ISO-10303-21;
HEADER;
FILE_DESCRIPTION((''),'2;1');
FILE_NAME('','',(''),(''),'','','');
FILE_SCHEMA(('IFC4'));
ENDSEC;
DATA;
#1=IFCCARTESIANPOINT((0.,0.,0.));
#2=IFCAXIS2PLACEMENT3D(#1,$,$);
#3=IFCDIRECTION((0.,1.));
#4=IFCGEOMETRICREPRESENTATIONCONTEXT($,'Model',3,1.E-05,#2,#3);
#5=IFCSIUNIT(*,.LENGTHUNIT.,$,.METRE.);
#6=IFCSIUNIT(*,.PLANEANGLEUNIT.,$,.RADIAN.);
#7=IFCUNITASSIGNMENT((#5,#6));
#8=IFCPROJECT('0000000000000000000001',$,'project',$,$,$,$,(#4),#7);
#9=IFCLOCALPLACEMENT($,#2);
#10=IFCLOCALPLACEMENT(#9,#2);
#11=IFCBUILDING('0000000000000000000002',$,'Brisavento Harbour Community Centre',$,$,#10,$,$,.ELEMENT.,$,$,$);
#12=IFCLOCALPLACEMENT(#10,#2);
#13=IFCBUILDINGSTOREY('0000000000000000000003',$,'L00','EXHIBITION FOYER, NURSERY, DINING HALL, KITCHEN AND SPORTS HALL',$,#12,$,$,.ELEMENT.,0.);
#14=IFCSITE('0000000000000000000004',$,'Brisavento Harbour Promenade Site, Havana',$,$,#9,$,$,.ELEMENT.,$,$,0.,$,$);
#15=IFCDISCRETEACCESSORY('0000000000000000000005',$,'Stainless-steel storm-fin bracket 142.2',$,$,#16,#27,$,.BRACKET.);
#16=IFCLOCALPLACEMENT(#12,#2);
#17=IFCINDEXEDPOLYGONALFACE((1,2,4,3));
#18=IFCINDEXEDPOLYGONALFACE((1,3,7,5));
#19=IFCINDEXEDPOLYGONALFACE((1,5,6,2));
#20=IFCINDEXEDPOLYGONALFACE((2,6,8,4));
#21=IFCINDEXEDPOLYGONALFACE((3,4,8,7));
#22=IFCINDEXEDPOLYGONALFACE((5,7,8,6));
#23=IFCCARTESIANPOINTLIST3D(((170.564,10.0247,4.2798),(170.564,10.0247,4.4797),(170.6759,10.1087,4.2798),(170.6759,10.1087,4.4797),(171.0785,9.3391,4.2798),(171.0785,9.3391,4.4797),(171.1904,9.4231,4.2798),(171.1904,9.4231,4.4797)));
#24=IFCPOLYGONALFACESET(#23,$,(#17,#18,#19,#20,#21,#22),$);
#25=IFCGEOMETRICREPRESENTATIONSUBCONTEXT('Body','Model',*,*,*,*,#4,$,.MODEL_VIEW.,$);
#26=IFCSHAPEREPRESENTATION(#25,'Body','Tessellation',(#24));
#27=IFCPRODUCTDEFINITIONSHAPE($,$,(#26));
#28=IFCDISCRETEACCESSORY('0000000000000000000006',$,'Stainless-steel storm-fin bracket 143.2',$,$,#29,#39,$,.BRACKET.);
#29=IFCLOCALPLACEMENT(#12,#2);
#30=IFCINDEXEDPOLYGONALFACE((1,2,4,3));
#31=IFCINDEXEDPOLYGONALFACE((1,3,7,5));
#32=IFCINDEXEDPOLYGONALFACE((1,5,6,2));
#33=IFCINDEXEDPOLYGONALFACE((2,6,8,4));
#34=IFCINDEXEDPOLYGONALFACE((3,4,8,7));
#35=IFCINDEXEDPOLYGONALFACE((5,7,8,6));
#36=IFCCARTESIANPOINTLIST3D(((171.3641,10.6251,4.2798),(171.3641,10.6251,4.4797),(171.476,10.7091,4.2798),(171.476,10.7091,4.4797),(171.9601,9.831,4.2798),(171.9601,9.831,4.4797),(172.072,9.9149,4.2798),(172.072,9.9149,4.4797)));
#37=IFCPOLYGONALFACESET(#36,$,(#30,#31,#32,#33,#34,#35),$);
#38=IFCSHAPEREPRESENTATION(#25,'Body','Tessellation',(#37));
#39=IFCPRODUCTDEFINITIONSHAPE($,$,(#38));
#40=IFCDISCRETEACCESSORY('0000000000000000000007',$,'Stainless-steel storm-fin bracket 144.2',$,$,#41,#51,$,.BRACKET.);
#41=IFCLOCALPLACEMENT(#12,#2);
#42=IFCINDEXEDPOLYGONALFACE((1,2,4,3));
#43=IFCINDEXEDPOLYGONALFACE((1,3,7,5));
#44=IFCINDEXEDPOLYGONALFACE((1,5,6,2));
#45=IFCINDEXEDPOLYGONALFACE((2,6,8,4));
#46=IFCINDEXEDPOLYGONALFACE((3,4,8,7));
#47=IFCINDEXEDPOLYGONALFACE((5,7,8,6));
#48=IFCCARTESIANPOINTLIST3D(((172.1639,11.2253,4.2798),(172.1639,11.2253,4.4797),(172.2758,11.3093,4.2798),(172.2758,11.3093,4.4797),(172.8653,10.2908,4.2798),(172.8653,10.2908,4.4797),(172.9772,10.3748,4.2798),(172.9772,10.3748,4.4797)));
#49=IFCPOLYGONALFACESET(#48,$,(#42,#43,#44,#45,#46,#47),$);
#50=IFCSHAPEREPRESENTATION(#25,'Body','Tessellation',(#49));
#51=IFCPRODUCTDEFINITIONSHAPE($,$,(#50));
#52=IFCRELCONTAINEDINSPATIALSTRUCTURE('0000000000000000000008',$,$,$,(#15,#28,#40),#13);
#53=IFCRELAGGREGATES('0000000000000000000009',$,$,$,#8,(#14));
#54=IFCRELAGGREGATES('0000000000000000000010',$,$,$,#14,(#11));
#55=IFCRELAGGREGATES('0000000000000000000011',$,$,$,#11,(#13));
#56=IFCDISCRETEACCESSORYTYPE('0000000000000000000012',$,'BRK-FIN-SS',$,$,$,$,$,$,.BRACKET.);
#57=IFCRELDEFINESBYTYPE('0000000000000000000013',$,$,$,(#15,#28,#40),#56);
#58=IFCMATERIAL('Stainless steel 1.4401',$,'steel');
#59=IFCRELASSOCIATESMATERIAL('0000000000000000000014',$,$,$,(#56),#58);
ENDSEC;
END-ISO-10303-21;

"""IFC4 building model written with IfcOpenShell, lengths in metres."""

from ifc_helpers import new_model, si_unit, direction, frame, origin, origin_2d, place, context, subcontext, project, spatial, rectangle, extrude, material, type_object, element, save


model = new_model("IFC4")

# Units and contexts
model_context = context("Model", 3, precision=1e-05, world=origin(), true_north=direction((0.0, 1.0)))
body_context = subcontext(model_context, "Body", "Model", "MODEL_VIEW")
ifc_project = project(units=[si_unit("LENGTHUNIT", "METRE"), si_unit("PLANEANGLEUNIT", "RADIAN")], contexts=[model_context])

# Site, building, storey
site_placement = place(None, origin())
site = spatial("IfcSite", under=ifc_project, at=site_placement, Name="Brisavento Harbour Promenade Site, Havana", CompositionType="ELEMENT", RefElevation=0.0)
building_placement = place(site_placement, origin())
building = spatial("IfcBuilding", under=site, at=building_placement, Name="Brisavento Harbour Community Centre", CompositionType="ELEMENT")
storey_placement = place(building_placement, origin())
storey = spatial("IfcBuildingStorey", under=building, at=storey_placement, Name="L00", Description="EXHIBITION FOYER, NURSERY, DINING HALL, KITCHEN AND SPORTS HALL", CompositionType="ELEMENT", Elevation=0.0)

# Discrete accessories
ifc_material_1 = material(Name="Stainless steel 1.4401", Category="steel")
discrete_accessory_type = type_object("IfcDiscreteAccessoryType", Name="BRK-FIN-SS", PredefinedType="BRACKET", material=ifc_material_1)
discrete_accessory_1_placement = place(storey_placement, frame((170.8772, 9.7239, 4.2798), z_axis=(0.0, 0.0, 1.0), x_axis=(0.600253, -0.79981, 0.0)))
element("IfcDiscreteAccessory", 1, at=discrete_accessory_1_placement, inside=storey, type_object=discrete_accessory_type, Name="Stainless-steel storm-fin bracket 142.2", PredefinedType="BRACKET", context=body_context, shape_type="SweptSolid", body=[
    extrude(rectangle(XDim=0.8572, YDim=0.1399, at=origin_2d()), origin(), (0.0, 0.0, 1.0), 0.2),
])
discrete_accessory_2_placement = place(storey_placement, frame((171.718, 10.27, 4.2798), z_axis=(0.0, 0.0, 1.0), x_axis=(0.600253, -0.79981, 0.0)))
element("IfcDiscreteAccessory", 2, at=discrete_accessory_2_placement, inside=storey, type_object=discrete_accessory_type, Name="Stainless-steel storm-fin bracket 143.2", PredefinedType="BRACKET", context=body_context, shape_type="SweptSolid", body=[
    extrude(rectangle(XDim=0.9929, YDim=0.1399, at=origin_2d()), origin(), (0.0, 0.0, 1.0), 0.2),
])
discrete_accessory_3_placement = place(storey_placement, frame((172.5706, 10.8, 4.2798), z_axis=(0.0, 0.0, 1.0), x_axis=(0.600253, -0.79981, 0.0)))
element("IfcDiscreteAccessory", 3, at=discrete_accessory_3_placement, inside=storey, type_object=discrete_accessory_type, Name="Stainless-steel storm-fin bracket 144.2", PredefinedType="BRACKET", context=body_context, shape_type="SweptSolid", body=[
    extrude(rectangle(XDim=1.1685, YDim=0.1399, at=origin_2d()), origin(), (0.0, 0.0, 1.0), 0.2),
])

save(model, "model.ifc")
